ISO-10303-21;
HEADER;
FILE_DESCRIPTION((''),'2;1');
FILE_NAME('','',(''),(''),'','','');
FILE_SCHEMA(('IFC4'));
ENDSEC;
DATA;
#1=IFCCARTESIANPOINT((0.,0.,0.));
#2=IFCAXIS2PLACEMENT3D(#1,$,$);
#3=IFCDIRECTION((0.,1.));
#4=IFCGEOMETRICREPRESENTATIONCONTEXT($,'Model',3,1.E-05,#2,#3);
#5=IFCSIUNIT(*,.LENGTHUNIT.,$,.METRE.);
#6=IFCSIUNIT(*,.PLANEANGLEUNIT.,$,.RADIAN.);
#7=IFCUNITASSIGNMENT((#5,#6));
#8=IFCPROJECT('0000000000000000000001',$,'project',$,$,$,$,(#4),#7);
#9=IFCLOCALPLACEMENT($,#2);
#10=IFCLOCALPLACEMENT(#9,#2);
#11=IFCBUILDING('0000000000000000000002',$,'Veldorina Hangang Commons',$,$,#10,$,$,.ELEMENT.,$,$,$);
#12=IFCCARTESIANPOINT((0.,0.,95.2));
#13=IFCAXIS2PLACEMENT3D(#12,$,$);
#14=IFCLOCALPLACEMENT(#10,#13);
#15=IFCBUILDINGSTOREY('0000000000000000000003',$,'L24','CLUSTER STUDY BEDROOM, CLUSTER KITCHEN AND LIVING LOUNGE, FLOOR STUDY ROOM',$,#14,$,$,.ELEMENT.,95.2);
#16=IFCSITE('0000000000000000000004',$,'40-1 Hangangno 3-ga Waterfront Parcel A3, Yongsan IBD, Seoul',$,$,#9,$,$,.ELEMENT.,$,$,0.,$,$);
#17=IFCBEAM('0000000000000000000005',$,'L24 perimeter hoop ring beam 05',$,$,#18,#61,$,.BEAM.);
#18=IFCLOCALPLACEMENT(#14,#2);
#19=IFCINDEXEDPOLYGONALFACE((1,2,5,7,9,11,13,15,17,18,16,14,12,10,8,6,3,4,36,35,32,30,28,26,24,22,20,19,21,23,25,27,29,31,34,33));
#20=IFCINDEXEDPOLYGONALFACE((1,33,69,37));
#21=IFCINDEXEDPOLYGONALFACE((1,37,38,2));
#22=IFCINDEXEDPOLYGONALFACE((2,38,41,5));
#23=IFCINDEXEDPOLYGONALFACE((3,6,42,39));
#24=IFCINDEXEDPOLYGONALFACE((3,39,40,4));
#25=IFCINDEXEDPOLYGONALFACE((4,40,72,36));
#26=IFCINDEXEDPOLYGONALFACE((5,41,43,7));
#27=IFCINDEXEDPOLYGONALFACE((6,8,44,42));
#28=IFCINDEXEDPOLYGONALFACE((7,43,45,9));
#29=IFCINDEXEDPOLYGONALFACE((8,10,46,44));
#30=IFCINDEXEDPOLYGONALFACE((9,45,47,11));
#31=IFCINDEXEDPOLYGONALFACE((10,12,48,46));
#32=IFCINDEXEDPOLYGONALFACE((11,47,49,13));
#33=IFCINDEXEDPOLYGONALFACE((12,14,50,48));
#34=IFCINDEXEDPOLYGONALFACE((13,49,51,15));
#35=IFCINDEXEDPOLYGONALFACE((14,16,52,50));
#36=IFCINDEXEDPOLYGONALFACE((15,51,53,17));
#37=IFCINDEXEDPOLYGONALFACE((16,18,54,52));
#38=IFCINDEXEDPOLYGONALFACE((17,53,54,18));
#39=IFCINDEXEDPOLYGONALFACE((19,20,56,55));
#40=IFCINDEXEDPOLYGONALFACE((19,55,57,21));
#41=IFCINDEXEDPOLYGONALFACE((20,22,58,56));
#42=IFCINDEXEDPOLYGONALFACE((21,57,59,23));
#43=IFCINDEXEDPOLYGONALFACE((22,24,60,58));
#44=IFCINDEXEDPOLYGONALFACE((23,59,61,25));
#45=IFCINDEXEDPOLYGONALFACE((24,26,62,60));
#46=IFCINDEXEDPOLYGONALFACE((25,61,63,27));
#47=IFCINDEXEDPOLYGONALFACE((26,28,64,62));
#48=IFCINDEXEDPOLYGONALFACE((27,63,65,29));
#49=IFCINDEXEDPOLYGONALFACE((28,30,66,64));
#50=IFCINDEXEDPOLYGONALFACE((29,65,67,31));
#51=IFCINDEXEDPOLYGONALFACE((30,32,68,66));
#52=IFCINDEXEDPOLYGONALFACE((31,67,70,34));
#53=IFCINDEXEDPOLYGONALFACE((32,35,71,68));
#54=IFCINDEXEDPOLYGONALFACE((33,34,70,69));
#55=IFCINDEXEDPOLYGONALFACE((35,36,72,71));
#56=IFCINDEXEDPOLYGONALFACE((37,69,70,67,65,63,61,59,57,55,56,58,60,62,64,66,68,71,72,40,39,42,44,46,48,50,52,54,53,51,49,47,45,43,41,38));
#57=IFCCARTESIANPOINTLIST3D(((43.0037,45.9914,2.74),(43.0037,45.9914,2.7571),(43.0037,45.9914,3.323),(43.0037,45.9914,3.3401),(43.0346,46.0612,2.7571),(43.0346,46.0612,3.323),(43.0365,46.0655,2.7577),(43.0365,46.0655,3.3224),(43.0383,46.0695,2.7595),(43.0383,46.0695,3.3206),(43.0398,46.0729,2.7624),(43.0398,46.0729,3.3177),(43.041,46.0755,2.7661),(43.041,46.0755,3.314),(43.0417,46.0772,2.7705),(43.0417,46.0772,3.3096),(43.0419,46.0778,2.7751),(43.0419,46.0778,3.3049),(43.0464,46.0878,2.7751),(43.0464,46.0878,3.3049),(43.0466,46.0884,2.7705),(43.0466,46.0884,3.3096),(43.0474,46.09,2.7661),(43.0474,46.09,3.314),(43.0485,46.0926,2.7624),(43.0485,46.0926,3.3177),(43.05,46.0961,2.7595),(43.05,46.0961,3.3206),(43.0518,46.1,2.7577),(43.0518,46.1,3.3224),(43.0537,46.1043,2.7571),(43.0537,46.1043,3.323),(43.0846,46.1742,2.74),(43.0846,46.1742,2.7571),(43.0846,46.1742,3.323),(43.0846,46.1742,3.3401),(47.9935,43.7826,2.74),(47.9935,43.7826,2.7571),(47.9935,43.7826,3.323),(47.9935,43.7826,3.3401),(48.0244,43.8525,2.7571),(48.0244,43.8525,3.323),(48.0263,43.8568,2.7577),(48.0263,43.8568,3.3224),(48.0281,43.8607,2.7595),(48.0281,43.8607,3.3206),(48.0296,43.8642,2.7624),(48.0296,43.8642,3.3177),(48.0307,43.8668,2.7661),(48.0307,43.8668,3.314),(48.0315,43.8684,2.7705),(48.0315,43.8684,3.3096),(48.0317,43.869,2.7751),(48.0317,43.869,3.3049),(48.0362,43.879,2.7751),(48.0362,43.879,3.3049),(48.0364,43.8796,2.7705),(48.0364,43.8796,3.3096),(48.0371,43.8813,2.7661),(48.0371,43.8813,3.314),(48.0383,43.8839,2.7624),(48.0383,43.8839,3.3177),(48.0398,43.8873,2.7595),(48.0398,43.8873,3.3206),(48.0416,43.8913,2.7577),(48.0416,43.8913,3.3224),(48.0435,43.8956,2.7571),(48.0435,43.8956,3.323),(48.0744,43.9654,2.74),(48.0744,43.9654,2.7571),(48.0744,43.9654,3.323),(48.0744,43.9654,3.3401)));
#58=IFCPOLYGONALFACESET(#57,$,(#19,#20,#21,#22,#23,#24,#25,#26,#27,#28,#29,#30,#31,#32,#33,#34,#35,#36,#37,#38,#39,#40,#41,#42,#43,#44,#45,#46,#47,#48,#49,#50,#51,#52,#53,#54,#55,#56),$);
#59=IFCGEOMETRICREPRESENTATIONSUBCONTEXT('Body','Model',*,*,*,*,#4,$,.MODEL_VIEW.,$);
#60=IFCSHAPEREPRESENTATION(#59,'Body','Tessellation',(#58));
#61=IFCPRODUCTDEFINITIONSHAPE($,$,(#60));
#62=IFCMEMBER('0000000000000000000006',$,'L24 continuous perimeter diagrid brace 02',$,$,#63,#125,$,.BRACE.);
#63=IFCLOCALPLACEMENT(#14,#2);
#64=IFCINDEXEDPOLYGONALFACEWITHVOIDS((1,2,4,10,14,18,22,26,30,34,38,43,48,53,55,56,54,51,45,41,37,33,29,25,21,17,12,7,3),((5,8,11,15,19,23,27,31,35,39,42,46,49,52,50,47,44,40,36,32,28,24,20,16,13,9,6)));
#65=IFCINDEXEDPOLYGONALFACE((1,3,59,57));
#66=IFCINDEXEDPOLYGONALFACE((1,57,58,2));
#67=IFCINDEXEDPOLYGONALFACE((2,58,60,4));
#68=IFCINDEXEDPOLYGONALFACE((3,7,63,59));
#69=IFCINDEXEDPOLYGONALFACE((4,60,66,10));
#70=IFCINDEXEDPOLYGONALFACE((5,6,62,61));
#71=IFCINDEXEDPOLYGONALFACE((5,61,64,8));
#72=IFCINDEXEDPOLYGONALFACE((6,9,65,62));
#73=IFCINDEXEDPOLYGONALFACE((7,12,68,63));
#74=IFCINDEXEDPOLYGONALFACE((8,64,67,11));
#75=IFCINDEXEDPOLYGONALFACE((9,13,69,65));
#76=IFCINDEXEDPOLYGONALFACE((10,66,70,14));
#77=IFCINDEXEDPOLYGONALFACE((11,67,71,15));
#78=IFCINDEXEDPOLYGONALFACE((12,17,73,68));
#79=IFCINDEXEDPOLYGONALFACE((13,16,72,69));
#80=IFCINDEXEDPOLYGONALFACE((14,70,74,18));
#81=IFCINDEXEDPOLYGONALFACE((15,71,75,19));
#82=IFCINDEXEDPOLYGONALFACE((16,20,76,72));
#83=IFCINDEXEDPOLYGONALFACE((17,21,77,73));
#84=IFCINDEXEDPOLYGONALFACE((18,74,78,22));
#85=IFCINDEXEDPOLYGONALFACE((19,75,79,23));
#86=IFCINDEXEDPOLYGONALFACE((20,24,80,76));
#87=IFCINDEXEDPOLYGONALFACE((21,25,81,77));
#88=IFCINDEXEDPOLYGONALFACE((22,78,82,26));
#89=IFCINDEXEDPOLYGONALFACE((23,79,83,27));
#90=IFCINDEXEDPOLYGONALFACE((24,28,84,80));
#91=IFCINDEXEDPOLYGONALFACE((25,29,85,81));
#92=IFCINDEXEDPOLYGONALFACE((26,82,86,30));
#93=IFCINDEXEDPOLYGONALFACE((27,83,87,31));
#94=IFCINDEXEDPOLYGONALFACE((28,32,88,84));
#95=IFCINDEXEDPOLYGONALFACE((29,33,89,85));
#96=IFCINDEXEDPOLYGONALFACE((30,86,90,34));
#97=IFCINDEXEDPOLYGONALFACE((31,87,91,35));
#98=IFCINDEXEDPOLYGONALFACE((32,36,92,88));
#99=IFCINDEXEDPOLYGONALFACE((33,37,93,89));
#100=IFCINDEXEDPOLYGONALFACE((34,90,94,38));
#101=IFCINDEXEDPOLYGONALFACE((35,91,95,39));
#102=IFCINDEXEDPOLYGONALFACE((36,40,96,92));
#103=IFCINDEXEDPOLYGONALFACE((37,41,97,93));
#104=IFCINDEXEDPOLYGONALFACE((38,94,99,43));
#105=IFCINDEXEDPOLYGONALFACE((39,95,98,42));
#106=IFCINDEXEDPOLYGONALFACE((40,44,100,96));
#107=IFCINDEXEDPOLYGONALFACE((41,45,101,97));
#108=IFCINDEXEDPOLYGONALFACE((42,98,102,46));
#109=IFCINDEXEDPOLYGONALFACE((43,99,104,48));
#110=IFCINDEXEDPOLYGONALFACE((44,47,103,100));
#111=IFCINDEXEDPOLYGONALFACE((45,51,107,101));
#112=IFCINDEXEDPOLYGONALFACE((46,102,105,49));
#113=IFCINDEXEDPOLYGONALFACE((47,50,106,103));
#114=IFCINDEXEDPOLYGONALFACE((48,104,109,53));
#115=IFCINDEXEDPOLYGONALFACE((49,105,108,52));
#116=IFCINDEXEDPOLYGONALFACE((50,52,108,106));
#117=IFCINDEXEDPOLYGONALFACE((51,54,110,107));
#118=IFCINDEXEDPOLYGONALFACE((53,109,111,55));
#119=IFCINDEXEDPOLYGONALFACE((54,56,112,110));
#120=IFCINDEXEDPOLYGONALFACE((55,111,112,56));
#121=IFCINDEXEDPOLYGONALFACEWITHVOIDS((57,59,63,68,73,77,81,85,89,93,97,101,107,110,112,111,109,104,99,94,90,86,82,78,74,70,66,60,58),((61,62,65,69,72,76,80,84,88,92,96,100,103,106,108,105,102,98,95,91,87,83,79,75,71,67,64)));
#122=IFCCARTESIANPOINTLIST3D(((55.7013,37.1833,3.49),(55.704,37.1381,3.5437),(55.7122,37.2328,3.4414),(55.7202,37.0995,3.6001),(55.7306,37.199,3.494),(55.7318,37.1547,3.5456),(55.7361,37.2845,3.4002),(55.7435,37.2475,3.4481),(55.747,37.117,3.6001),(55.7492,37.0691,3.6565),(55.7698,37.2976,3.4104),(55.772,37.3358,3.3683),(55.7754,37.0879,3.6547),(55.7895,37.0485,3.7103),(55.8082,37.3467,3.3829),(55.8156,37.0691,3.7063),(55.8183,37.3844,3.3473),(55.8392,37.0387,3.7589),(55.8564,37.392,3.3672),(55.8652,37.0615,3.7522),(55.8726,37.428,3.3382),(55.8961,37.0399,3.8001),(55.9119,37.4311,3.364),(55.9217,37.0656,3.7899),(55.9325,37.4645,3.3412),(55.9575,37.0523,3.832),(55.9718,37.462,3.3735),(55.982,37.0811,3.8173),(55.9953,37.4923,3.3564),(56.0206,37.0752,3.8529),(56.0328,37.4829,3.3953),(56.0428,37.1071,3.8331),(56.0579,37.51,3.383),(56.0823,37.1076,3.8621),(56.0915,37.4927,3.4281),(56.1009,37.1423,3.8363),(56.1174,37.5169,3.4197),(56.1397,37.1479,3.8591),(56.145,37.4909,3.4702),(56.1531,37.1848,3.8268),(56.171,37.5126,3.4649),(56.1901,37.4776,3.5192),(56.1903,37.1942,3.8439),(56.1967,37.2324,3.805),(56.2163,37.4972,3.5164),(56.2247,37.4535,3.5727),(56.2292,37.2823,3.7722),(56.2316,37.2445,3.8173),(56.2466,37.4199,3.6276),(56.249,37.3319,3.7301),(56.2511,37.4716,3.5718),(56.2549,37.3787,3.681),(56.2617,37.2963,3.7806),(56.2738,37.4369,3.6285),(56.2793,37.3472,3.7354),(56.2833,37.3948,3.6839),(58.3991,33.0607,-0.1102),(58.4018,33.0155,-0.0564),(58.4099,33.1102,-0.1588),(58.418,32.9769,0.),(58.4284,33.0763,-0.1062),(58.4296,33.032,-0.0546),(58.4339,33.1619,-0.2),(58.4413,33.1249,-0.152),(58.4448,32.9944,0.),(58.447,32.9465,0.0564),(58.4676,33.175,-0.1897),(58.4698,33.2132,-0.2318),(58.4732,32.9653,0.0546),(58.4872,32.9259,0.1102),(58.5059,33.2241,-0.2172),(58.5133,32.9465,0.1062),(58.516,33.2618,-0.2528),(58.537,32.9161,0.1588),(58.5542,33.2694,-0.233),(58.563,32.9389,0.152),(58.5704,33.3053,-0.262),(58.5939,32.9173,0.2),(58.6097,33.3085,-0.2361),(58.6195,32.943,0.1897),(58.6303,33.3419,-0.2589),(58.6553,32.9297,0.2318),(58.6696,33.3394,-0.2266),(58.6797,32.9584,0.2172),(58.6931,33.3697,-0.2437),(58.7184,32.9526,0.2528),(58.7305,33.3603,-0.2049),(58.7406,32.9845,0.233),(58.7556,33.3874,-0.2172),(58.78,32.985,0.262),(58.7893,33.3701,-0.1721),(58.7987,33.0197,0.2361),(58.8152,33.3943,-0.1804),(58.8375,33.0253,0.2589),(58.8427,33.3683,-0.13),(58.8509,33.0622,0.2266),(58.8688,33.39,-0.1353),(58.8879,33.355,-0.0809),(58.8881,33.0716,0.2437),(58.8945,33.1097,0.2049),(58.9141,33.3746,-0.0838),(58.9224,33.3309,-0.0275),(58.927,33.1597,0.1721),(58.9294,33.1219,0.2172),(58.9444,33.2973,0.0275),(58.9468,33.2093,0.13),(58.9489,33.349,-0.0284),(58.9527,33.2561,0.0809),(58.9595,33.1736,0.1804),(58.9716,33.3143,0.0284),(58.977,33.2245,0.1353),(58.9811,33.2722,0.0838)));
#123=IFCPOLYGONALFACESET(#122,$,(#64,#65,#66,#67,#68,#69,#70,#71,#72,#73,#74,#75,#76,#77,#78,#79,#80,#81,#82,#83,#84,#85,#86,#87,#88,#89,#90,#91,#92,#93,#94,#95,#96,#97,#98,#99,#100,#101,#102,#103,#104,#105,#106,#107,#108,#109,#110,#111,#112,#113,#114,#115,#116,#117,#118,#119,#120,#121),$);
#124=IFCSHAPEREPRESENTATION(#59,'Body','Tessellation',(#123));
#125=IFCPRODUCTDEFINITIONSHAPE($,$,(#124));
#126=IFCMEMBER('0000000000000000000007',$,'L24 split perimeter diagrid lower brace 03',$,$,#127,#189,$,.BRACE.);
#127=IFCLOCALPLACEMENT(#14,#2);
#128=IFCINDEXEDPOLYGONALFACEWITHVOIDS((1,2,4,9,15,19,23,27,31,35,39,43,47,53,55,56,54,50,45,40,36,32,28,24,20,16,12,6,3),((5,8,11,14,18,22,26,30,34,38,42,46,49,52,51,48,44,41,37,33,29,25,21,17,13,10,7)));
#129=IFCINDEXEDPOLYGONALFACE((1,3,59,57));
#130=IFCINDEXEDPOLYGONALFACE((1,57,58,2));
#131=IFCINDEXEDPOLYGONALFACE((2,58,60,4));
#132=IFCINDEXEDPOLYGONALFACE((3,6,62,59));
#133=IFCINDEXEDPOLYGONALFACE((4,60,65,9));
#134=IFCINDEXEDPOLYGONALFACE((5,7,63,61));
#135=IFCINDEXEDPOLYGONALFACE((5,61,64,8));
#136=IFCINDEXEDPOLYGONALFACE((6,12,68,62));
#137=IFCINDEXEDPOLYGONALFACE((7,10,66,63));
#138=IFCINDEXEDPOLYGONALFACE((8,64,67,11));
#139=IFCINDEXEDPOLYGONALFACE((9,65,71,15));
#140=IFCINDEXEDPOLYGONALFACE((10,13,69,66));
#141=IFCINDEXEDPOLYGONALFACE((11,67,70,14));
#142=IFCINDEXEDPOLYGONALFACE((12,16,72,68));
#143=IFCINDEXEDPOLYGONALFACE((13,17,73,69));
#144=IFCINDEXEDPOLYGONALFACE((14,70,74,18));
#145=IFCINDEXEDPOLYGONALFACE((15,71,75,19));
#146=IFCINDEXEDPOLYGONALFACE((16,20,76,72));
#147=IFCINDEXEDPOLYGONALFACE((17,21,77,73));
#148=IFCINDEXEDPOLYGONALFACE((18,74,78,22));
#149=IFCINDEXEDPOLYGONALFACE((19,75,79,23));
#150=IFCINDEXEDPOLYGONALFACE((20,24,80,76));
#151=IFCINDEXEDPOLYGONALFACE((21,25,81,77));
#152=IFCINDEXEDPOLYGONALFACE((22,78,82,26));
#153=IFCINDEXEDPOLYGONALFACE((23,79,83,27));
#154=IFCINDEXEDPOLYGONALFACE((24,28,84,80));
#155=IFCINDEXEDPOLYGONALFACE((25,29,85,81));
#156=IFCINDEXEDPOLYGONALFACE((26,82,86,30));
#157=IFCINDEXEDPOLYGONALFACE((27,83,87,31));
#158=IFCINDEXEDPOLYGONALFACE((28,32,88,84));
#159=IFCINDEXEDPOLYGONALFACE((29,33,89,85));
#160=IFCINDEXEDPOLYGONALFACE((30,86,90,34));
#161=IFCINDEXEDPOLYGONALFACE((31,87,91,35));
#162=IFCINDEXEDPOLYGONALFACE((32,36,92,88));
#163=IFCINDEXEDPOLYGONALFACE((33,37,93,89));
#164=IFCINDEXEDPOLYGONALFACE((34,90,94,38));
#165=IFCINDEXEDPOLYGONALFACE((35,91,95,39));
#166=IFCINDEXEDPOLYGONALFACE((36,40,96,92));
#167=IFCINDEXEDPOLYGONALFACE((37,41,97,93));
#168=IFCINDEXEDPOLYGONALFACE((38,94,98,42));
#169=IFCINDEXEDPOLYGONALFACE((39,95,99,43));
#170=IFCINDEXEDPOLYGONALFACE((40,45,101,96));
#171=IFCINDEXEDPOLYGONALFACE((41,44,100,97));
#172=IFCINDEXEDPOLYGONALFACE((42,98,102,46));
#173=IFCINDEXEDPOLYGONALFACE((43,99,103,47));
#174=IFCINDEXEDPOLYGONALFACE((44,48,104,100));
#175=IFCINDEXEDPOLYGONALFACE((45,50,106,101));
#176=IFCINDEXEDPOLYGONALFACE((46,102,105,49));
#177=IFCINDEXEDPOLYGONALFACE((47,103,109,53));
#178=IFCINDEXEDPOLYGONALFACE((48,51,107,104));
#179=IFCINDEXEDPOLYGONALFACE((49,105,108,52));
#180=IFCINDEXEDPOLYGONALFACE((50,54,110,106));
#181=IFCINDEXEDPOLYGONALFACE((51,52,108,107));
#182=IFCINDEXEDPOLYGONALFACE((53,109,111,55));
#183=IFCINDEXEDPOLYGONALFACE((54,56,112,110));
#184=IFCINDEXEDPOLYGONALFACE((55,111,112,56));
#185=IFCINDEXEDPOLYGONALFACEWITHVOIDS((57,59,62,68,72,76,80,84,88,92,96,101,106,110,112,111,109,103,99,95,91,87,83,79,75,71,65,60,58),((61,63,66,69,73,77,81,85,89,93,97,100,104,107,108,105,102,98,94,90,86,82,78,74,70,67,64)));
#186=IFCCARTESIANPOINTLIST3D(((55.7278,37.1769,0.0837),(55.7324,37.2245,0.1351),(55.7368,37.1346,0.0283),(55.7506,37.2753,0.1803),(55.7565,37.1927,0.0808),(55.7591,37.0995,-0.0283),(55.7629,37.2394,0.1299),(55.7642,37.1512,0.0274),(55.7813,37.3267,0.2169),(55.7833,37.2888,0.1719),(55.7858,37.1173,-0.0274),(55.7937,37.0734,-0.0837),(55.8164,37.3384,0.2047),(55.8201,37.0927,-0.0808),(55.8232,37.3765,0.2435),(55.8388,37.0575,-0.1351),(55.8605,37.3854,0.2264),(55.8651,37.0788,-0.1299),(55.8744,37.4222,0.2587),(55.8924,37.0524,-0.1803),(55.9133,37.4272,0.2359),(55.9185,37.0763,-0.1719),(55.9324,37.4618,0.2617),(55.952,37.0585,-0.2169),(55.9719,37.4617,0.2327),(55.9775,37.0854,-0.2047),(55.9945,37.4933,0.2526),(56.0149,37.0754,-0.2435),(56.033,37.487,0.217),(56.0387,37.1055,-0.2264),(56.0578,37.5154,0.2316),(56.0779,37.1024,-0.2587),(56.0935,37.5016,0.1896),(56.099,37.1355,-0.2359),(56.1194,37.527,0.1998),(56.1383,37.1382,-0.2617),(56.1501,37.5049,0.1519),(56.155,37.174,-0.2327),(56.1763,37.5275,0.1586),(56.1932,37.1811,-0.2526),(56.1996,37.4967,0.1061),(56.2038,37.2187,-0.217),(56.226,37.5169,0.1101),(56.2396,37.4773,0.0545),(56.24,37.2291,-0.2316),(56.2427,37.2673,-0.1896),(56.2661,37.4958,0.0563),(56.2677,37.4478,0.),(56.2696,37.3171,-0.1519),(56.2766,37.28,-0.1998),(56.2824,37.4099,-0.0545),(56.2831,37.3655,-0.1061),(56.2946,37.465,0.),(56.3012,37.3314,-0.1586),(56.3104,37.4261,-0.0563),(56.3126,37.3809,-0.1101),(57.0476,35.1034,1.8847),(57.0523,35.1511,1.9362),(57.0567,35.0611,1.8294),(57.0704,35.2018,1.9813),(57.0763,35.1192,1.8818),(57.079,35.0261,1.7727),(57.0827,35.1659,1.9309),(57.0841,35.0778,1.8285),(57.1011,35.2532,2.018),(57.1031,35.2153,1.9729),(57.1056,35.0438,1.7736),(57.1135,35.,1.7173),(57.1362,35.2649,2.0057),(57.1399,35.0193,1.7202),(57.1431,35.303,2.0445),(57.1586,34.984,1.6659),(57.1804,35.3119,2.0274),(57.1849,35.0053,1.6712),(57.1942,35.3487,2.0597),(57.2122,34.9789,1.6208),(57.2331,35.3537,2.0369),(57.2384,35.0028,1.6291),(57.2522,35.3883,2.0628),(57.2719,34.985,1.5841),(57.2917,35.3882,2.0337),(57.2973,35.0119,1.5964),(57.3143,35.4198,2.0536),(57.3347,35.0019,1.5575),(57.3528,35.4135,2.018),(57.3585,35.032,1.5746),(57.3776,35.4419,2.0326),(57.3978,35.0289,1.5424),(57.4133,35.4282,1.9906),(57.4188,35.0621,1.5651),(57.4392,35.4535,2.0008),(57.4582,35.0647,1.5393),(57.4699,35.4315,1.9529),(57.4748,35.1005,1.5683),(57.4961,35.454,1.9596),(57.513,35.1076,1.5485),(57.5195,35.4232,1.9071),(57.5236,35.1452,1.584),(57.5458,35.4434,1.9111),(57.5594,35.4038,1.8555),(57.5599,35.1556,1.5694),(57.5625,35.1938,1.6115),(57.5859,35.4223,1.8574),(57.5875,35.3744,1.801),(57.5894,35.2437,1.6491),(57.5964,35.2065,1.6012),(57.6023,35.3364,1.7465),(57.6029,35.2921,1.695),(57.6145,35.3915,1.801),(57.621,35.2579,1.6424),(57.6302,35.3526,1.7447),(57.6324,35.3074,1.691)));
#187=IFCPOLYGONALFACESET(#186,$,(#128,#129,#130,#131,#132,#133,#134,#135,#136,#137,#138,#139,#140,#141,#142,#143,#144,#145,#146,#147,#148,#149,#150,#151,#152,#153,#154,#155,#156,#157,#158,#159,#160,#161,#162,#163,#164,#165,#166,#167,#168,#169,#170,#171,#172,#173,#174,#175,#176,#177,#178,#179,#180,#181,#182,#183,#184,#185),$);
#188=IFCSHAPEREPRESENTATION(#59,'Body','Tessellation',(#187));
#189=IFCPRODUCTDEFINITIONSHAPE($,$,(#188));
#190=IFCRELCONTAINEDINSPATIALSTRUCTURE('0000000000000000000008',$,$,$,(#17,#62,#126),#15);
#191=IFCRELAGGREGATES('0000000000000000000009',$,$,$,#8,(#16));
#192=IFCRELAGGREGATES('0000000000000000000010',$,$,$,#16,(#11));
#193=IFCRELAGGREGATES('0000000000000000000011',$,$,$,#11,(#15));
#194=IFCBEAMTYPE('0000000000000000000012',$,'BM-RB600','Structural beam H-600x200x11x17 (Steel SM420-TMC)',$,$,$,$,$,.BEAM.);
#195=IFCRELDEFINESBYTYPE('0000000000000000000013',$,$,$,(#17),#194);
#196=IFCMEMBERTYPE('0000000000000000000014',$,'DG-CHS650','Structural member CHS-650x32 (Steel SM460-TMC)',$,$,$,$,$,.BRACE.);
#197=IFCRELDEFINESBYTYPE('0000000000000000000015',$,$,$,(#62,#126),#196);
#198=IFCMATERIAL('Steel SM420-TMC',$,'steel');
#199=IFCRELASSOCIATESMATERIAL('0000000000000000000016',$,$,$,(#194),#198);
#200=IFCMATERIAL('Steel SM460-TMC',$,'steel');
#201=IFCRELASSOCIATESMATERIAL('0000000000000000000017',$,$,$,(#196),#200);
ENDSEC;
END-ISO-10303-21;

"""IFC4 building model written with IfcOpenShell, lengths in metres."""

from ifc_helpers import new_model, si_unit, direction, frame, origin, origin_2d, place, context, subcontext, project, spatial, hollow_circle, i_section, extrude, material, material_profile, profile_set, type_object, element, save


model = new_model("IFC4")

# Units and contexts
model_context = context("Model", 3, precision=1e-05, world=origin(), true_north=direction((0.0, 1.0)))
body_context = subcontext(model_context, "Body", "Model", "MODEL_VIEW")
ifc_project = project(units=[si_unit("LENGTHUNIT", "METRE"), si_unit("PLANEANGLEUNIT", "RADIAN")], contexts=[model_context])

# Site, building, storey
site_placement = place(None, origin())
site = spatial("IfcSite", under=ifc_project, at=site_placement, Name="40-1 Hangangno 3-ga Waterfront Parcel A3, Yongsan IBD, Seoul", CompositionType="ELEMENT", RefElevation=0.0)
building_placement = place(site_placement, origin())
building = spatial("IfcBuilding", under=site, at=building_placement, Name="Veldorina Hangang Commons", CompositionType="ELEMENT")
storey_placement = place(building_placement, frame((0.0, 0.0, 95.2)))
storey = spatial("IfcBuildingStorey", under=building, at=storey_placement, Name="L24", Description="CLUSTER STUDY BEDROOM, CLUSTER KITCHEN AND LIVING LOUNGE, FLOOR STUDY ROOM", CompositionType="ELEMENT", Elevation=95.2)

# Beam
ifc_material_1 = material(Name="Steel SM420-TMC", Category="steel")
ifc_material_profile_1 = material_profile(ifc_material_1, i_section(OverallWidth=0.2, OverallDepth=0.6001, WebThickness=0.011, FlangeThickness=0.0171, FilletRadius=0.0181, at=origin_2d()), Name="H-600x200x11x17")
ifc_profile_set_1 = profile_set([ifc_material_profile_1], Name="Steel SM420-TMC")
beam_type_1 = type_object("IfcBeamType", Name="BM-RB600", Description="Structural beam H-600x200x11x17 (Steel SM420-TMC)", PredefinedType="BEAM", material=ifc_profile_set_1)
beam_1_placement = place(storey_placement, frame((48.0339, 43.874, 3.04), z_axis=(-0.914418, 0.404772, 0.0), x_axis=(-0.404772, -0.914418, 0.0)))
element("IfcBeam", 1, at=beam_1_placement, inside=storey, type_object=beam_type_1, Name="L24 perimeter hoop ring beam 05", PredefinedType="BEAM", context=body_context, shape_type="SweptSolid", body=[
    extrude(i_section(OverallWidth=0.2, OverallDepth=0.6001, WebThickness=0.011, FlangeThickness=0.0171, FilletRadius=0.0181, at=origin_2d()), origin(), (0.0, 0.0, 1.0), 5.4568),
])

# Members
ifc_material_2 = material(Name="Steel SM460-TMC", Category="steel")
ifc_material_profile_2 = material_profile(ifc_material_2, hollow_circle(Radius=0.325, WallThickness=0.032, at=origin_2d()), Name="CHS-650x32")
ifc_profile_set_2 = profile_set([ifc_material_profile_2], Name="Steel SM460-TMC")
member_type = type_object("IfcMemberType", Name="DG-CHS650", Description="Structural member CHS-650x32 (Steel SM460-TMC)", PredefinedType="BRACE", material=ifc_profile_set_2)
member_1_placement = place(storey_placement, frame((58.6899, 33.1548, 0.0), z_axis=(-0.442112, 0.675611, 0.589989), x_axis=(-0.836762, -0.547567, 0.0)))
element("IfcMember", 2, at=member_1_placement, inside=storey, type_object=member_type, Name="L24 continuous perimeter diagrid brace 02", PredefinedType="BRACE", context=body_context, shape_type="SweptSolid", body=[
    extrude(hollow_circle(Radius=0.325, WallThickness=0.032, at=origin_2d()), origin(), (0.0, 0.0, 1.0), 6.1021),
])
member_2_placement = place(storey_placement, frame((56.0205, 37.2905, 0.0), z_axis=(0.433137, -0.680473, 0.591057), x_axis=(0.8436, 0.536972, 0.0)))
element("IfcMember", 3, at=member_2_placement, inside=storey, type_object=member_type, Name="L24 split perimeter diagrid lower brace 03", PredefinedType="BRACE", context=body_context, shape_type="SweptSolid", body=[
    extrude(hollow_circle(Radius=0.325, WallThickness=0.032, at=origin_2d()), origin(), (0.0, 0.0, 1.0), 3.0471),
])

save(model, "model.ifc")
